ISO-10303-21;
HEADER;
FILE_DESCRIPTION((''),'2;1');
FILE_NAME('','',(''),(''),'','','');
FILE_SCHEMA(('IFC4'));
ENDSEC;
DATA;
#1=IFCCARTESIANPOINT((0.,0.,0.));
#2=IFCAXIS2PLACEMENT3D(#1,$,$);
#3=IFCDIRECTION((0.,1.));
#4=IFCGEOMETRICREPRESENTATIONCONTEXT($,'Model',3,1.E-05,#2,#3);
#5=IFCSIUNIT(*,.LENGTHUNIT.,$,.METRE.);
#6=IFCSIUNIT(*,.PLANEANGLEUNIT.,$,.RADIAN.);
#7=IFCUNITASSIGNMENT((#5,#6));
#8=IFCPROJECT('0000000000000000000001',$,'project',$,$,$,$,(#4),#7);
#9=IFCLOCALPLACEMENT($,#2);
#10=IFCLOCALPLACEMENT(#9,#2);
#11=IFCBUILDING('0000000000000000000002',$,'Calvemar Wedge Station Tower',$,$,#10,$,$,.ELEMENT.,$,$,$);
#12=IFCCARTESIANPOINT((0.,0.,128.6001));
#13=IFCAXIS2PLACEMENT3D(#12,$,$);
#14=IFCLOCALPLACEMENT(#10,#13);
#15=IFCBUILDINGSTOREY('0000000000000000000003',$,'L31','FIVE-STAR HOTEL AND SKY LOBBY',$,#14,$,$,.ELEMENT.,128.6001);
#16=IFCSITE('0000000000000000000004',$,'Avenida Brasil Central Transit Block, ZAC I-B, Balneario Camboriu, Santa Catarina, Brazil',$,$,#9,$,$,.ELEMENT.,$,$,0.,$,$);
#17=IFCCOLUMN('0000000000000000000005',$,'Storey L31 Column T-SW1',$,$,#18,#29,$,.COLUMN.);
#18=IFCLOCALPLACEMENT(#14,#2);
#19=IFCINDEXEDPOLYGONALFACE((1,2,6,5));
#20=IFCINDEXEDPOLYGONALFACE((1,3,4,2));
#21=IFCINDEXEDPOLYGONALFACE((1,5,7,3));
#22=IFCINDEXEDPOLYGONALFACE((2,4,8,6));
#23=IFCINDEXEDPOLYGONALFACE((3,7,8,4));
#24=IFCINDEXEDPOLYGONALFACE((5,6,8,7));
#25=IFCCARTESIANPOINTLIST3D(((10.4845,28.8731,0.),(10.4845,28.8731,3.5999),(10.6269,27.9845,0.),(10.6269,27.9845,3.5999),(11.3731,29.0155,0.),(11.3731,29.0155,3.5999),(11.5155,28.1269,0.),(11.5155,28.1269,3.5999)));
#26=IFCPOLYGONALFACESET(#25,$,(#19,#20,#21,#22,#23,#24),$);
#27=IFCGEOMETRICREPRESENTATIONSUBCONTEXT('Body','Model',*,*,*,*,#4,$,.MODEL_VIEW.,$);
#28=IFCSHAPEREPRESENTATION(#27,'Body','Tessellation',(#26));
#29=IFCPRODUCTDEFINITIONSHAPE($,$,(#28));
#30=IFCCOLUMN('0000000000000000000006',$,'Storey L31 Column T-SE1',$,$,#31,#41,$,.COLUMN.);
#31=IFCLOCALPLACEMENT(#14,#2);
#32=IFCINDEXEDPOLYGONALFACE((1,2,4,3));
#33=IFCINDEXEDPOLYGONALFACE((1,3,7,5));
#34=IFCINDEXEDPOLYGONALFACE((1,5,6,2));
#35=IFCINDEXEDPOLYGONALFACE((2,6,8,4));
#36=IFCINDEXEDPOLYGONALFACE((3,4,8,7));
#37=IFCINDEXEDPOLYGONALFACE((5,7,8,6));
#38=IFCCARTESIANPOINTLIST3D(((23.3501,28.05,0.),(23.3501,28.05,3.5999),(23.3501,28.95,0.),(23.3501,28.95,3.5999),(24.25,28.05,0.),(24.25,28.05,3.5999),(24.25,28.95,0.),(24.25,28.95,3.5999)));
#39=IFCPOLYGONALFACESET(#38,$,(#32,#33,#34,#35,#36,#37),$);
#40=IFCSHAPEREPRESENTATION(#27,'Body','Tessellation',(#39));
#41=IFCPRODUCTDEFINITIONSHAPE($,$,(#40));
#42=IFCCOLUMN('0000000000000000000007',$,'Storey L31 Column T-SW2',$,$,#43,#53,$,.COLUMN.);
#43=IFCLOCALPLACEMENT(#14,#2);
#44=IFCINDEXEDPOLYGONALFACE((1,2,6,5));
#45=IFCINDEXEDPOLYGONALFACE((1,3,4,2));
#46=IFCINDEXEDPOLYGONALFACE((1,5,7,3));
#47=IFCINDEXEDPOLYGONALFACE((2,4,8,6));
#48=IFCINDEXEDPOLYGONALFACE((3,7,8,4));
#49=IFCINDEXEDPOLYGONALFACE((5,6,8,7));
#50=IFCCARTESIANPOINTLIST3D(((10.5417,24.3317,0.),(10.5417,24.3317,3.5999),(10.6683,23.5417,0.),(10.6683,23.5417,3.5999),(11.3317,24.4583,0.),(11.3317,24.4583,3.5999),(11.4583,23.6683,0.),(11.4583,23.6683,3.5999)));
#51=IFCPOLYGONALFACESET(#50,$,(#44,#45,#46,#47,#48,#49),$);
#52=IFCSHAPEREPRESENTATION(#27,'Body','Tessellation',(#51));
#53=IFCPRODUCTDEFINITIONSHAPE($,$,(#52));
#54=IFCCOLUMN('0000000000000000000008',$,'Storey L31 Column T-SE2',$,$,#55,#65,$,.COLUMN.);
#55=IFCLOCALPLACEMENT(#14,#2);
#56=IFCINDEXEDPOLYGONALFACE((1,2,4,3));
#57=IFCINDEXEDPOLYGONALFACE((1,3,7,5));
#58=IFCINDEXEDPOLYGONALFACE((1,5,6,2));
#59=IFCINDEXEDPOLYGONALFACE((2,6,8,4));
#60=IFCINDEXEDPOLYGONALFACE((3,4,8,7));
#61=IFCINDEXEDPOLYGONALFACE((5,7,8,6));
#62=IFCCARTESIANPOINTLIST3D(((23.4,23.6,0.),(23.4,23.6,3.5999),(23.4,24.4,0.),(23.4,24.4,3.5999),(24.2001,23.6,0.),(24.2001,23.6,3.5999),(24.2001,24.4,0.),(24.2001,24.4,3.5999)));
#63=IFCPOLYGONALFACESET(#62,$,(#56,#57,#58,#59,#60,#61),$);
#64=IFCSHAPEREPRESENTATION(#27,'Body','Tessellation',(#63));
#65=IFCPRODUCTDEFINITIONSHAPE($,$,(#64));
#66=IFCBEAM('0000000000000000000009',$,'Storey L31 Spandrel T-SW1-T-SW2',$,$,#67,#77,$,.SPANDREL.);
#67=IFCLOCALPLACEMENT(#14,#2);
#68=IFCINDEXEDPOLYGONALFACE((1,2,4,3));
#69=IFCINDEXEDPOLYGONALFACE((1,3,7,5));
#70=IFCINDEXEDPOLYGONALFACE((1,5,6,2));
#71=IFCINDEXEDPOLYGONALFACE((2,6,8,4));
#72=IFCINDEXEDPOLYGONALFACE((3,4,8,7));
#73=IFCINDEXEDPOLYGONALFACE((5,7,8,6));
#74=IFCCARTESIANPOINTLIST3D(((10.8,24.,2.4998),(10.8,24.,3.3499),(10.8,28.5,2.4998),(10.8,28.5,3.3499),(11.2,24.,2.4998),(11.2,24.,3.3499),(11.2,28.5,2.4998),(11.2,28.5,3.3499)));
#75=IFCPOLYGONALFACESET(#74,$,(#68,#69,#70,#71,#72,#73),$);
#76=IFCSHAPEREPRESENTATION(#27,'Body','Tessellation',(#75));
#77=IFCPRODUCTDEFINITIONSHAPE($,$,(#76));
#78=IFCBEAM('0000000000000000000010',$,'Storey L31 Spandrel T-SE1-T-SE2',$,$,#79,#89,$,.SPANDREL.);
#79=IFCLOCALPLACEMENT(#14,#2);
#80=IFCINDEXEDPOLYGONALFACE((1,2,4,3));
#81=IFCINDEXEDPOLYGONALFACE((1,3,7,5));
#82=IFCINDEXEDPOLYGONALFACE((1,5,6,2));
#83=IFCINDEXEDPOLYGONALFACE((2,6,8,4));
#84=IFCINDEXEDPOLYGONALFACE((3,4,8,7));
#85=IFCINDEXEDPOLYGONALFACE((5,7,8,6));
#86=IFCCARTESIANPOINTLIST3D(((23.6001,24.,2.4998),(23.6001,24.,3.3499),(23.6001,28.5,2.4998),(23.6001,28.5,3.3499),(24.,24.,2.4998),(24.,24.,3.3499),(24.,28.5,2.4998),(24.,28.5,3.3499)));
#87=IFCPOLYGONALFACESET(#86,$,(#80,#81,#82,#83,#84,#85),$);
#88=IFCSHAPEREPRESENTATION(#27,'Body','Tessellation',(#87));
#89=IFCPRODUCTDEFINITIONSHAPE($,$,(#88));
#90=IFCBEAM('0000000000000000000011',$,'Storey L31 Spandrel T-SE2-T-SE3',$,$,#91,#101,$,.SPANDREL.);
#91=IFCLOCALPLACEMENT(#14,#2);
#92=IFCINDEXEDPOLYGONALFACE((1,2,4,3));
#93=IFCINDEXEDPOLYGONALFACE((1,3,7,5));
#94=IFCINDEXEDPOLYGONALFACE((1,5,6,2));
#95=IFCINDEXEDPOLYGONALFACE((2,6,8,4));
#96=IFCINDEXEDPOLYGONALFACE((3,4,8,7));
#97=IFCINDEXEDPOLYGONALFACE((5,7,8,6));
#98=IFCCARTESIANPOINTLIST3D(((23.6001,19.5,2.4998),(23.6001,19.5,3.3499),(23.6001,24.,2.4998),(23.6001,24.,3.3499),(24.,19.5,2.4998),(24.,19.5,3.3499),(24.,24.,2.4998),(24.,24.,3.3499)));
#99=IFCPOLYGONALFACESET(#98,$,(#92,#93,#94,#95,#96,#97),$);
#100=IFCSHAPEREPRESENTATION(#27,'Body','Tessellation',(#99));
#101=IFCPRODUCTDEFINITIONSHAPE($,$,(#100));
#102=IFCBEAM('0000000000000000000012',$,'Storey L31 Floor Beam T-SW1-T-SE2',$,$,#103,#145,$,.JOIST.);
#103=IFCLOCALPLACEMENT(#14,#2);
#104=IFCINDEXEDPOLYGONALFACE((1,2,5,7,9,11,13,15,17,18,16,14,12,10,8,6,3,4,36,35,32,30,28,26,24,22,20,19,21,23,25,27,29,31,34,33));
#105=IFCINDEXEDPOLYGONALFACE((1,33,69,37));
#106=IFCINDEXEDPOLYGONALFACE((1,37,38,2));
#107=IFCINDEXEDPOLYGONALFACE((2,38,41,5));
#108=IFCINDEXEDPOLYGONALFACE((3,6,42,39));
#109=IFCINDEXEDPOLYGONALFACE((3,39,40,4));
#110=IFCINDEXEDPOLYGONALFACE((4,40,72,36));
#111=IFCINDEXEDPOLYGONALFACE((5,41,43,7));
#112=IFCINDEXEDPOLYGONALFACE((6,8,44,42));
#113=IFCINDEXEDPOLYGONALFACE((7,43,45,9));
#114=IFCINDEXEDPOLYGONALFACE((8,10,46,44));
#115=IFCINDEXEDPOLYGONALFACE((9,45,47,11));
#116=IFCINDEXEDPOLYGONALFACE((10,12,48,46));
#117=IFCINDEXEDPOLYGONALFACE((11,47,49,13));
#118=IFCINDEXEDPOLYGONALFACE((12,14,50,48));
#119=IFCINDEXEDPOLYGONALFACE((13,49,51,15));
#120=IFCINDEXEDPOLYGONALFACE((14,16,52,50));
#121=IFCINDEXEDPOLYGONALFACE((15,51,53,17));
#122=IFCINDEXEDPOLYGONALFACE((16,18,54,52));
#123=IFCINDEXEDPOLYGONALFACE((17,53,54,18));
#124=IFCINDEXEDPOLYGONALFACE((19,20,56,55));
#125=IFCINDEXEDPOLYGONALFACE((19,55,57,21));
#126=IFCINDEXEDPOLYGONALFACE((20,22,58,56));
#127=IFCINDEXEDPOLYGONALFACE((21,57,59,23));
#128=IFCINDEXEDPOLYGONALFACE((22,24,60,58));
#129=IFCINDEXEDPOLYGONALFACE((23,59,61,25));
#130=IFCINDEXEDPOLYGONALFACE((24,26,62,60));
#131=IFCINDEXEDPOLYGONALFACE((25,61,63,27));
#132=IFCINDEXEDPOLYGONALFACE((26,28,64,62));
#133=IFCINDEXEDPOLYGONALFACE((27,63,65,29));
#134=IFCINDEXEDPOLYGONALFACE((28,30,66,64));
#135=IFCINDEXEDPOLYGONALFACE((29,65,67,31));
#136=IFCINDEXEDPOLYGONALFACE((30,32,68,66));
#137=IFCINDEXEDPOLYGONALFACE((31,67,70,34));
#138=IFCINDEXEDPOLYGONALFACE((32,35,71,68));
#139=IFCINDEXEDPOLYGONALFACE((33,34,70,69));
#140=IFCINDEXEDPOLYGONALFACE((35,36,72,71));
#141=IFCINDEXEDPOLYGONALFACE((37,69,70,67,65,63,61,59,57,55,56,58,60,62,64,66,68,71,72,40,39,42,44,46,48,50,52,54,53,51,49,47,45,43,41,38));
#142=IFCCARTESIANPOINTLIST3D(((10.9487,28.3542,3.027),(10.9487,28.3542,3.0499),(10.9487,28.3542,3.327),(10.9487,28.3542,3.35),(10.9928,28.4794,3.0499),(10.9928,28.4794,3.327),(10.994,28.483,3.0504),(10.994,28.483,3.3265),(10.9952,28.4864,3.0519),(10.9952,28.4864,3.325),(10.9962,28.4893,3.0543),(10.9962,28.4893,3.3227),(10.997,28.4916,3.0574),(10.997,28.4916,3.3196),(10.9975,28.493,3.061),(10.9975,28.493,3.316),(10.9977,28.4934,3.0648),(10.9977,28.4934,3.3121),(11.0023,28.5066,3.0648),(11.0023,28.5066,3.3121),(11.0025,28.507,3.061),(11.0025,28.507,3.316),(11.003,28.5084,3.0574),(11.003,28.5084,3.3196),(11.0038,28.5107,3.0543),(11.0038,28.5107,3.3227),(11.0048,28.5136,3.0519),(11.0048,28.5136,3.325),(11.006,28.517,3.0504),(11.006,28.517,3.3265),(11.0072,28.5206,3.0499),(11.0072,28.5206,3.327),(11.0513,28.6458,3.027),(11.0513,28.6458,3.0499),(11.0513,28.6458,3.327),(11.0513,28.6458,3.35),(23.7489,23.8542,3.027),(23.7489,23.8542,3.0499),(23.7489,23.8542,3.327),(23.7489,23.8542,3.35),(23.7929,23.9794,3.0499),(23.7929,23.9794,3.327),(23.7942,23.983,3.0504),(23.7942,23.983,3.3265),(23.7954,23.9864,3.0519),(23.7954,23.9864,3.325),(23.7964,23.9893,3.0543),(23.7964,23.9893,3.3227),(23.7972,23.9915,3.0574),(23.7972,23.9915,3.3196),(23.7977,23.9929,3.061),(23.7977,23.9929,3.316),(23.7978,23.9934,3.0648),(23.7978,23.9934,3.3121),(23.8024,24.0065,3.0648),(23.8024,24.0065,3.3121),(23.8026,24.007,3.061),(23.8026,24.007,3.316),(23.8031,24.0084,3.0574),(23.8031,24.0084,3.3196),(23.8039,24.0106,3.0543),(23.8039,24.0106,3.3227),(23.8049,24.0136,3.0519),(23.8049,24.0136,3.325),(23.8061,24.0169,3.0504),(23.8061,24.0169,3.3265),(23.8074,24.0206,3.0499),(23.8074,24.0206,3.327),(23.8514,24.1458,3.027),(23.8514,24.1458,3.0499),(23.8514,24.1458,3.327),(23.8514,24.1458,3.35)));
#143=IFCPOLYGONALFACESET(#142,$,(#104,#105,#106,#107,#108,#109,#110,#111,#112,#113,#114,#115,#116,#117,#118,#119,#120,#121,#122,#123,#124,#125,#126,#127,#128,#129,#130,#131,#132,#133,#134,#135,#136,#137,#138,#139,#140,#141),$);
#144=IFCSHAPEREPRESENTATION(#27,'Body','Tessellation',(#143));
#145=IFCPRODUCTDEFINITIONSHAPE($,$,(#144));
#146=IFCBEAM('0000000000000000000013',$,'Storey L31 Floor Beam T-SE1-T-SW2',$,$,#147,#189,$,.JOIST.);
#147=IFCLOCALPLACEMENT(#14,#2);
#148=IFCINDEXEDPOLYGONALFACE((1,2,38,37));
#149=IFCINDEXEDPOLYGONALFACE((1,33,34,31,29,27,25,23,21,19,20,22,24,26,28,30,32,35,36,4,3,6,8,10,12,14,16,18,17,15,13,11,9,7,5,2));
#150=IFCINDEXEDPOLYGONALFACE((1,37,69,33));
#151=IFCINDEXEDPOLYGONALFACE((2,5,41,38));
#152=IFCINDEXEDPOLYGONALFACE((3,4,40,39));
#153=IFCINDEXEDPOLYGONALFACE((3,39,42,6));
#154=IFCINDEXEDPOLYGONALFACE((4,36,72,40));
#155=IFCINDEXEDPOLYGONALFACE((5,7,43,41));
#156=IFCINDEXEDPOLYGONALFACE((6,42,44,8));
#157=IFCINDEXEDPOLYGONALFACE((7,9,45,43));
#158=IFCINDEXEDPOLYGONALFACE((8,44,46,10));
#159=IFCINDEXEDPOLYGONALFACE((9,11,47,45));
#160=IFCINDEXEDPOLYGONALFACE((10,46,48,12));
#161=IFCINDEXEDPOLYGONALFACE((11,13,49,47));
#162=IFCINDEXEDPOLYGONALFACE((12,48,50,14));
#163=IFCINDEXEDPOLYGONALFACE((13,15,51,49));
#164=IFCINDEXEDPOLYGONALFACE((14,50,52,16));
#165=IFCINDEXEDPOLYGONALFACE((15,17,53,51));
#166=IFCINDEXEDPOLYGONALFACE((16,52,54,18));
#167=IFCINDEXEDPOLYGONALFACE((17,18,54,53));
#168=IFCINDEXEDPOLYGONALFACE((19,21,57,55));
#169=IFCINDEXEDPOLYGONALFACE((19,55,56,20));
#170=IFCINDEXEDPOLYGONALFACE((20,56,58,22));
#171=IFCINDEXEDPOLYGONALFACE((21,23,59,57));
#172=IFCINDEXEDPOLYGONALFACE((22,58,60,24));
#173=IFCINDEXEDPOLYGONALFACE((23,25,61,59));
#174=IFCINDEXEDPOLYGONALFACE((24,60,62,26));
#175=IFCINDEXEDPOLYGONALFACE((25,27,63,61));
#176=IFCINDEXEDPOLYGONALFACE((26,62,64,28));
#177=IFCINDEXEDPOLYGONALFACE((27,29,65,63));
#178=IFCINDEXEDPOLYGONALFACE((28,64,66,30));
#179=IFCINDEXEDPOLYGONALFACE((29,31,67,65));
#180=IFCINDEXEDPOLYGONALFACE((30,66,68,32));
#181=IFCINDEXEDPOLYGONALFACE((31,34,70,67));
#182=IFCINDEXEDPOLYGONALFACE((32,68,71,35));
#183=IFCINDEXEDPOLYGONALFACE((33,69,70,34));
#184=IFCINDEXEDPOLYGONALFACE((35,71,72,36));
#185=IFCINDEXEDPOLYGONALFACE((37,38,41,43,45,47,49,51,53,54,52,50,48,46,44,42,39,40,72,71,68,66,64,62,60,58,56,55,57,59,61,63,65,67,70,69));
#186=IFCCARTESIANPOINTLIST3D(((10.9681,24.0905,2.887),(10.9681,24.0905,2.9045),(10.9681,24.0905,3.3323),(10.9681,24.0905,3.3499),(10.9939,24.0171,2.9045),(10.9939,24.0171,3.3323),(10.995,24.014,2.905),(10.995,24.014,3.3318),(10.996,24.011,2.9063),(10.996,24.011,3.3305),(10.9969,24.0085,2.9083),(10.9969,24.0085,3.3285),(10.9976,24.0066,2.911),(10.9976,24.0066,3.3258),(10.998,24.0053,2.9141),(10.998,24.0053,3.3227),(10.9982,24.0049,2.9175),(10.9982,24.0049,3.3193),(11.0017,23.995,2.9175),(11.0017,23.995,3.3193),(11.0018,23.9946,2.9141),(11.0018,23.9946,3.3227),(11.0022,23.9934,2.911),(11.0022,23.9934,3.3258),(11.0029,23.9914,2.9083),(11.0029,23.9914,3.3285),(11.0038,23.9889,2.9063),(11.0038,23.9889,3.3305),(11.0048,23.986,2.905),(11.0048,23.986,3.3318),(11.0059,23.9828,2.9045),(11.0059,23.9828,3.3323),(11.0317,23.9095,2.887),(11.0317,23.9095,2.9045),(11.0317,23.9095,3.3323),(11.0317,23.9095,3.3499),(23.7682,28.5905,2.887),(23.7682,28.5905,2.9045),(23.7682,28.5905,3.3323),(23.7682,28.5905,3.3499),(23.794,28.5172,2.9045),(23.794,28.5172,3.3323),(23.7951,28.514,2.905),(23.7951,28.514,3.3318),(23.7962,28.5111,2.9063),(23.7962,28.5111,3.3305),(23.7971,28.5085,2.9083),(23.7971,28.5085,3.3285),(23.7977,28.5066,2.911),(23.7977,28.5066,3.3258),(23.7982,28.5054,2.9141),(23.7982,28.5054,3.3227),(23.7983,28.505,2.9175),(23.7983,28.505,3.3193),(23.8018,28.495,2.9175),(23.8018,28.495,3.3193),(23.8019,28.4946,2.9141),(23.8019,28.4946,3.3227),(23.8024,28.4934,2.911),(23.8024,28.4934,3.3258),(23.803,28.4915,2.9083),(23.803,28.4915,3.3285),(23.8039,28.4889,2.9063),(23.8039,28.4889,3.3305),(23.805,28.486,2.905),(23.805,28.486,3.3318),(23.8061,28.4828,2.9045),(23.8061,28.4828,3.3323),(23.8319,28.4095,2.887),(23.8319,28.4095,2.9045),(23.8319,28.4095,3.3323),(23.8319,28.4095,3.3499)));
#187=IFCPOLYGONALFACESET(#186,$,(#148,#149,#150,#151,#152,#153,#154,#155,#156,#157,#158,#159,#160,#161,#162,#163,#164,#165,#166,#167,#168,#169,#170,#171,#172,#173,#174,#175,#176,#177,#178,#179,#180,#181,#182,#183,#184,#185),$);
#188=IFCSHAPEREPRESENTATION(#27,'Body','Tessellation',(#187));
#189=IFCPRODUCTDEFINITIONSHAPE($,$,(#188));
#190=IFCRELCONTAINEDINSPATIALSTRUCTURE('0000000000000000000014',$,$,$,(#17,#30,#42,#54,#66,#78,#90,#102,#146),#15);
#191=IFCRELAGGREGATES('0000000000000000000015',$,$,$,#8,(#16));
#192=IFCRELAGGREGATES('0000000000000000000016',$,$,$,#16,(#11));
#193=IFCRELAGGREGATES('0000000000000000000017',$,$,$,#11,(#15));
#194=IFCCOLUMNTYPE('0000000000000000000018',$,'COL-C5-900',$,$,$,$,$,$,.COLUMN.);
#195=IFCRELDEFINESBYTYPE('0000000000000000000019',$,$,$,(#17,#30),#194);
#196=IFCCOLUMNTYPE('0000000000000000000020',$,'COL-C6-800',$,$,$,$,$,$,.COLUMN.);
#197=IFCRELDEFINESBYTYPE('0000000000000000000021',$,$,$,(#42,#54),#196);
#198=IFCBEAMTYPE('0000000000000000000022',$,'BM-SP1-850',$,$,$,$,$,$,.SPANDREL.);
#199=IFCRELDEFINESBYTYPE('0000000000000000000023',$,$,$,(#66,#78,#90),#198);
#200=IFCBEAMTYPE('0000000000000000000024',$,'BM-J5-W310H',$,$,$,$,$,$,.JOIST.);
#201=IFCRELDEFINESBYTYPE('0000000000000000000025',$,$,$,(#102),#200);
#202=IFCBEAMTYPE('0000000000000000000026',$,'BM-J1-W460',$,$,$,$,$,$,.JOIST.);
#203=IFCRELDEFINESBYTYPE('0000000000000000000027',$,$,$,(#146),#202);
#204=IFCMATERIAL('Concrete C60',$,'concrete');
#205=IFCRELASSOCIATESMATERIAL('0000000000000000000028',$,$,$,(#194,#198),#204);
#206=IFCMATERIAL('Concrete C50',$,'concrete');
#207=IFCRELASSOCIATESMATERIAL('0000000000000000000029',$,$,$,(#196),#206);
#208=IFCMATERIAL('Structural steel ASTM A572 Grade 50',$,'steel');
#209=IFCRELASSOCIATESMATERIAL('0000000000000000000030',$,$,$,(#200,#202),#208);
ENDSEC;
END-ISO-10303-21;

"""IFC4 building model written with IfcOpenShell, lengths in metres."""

from ifc_helpers import new_model, si_unit, direction, frame, origin, origin_2d, place, context, subcontext, project, spatial, rectangle, i_section, extrude, source, transform, mapped, material, material_profile, profile_set, type_object, element, save


model = new_model("IFC4")

# Units and contexts
model_context = context("Model", 3, precision=1e-05, world=origin(), true_north=direction((0.0, 1.0)))
body_context = subcontext(model_context, "Body", "Model", "MODEL_VIEW")
ifc_project = project(units=[si_unit("LENGTHUNIT", "METRE"), si_unit("PLANEANGLEUNIT", "RADIAN")], contexts=[model_context])

# Site, building, storey
site_placement = place(None, origin())
site = spatial("IfcSite", under=ifc_project, at=site_placement, Name="Avenida Brasil Central Transit Block, ZAC I-B, Balneario Camboriu, Santa Catarina, Brazil", CompositionType="ELEMENT", RefElevation=0.0)
building_placement = place(site_placement, origin())
building = spatial("IfcBuilding", under=site, at=building_placement, Name="Calvemar Wedge Station Tower", CompositionType="ELEMENT")
storey_placement = place(building_placement, frame((0.0, 0.0, 128.6001)))
storey = spatial("IfcBuildingStorey", under=building, at=storey_placement, Name="L31", Description="FIVE-STAR HOTEL AND SKY LOBBY", CompositionType="ELEMENT", Elevation=128.6001)

# Columns
ifc_material_1 = material(Name="Concrete C60", Category="concrete")
ifc_material_profile_1 = material_profile(ifc_material_1, rectangle(XDim=0.8999, YDim=0.8999, at=origin_2d()), Name="RC900x900")
ifc_profile_set_1 = profile_set([ifc_material_profile_1], Name="Concrete C60")
column_type_1 = type_object("IfcColumnType", Name="COL-C5-900", PredefinedType="COLUMN", material=ifc_profile_set_1)
shared_shape_1 = source(origin(), body_context, "Body", "SweptSolid", [
    extrude(rectangle(XDim=0.8999, YDim=0.8999, at=origin_2d()), origin(), (0.0, 0.0, 1.0), 3.5999),
])
for number, where, z_axis, x_axis, name in (
    (1, (11.0, 28.5, 0.0), (0.0, 0.0, 1.0), (0.158158, -0.987414, 0.0), "Storey L31 Column T-SW1"),
    (2, (23.8, 28.5, 0.0), (0.0, 0.0, 1.0), (1.0, 0.0, 0.0), "Storey L31 Column T-SE1"),
):
    element("IfcColumn", number, at=place(storey_placement, frame(where, z_axis=z_axis, x_axis=x_axis)), inside=storey, type_object=column_type_1, Name=name, PredefinedType="COLUMN", context=body_context, shape_type="MappedRepresentation", body=[
        mapped(shared_shape_1, transform((0.0, 0.0, 0.0), scale=1.0)),
    ])
ifc_material_2 = material(Name="Concrete C50", Category="concrete")
ifc_material_profile_2 = material_profile(ifc_material_2, rectangle(XDim=0.8, YDim=0.8, at=origin_2d()), Name="RC800x800")
ifc_profile_set_2 = profile_set([ifc_material_profile_2], Name="Concrete C50")
column_type_2 = type_object("IfcColumnType", Name="COL-C6-800", PredefinedType="COLUMN", material=ifc_profile_set_2)
shared_shape_2 = source(origin(), body_context, "Body", "SweptSolid", [
    extrude(rectangle(XDim=0.8, YDim=0.8, at=origin_2d()), origin(), (0.0, 0.0, 1.0), 3.5999),
])
for number, where, z_axis, x_axis, name in (
    (3, (11.0, 24.0, 0.0), (0.0, 0.0, 1.0), (0.158158, -0.987414, 0.0), "Storey L31 Column T-SW2"),
    (4, (23.8, 24.0, 0.0), (0.0, 0.0, 1.0), (1.0, 0.0, 0.0), "Storey L31 Column T-SE2"),
):
    element("IfcColumn", number, at=place(storey_placement, frame(where, z_axis=z_axis, x_axis=x_axis)), inside=storey, type_object=column_type_2, Name=name, PredefinedType="COLUMN", context=body_context, shape_type="MappedRepresentation", body=[
        mapped(shared_shape_2, transform((0.0, 0.0, 0.0), scale=1.0)),
    ])

# Beams
ifc_material_profile_3 = material_profile(ifc_material_1, rectangle(XDim=0.3999, YDim=0.8501, at=origin_2d()), Name="RC400x850")
ifc_profile_set_3 = profile_set([ifc_material_profile_3], Name="Concrete C60")
beam_type_1 = type_object("IfcBeamType", Name="BM-SP1-850", PredefinedType="SPANDREL", material=ifc_profile_set_3)
shared_shape_3 = source(origin(), body_context, "Body", "SweptSolid", [
    extrude(rectangle(XDim=0.3999, YDim=0.8501, at=origin_2d()), origin(), (0.0, 0.0, 1.0), 4.5),
])
for number, where, z_axis, x_axis, name in (
    (5, (11.0, 28.5, 2.9248), (0.0, -1.0, 0.0), (1.0, 0.0, 0.0), "Storey L31 Spandrel T-SW1-T-SW2"),
    (6, (23.8, 28.5, 2.9248), (0.0, -1.0, 0.0), (1.0, 0.0, 0.0), "Storey L31 Spandrel T-SE1-T-SE2"),
    (7, (23.8, 24.0, 2.9248), (0.0, -1.0, 0.0), (1.0, 0.0, 0.0), "Storey L31 Spandrel T-SE2-T-SE3"),
):
    element("IfcBeam", number, at=place(storey_placement, frame(where, z_axis=z_axis, x_axis=x_axis)), inside=storey, type_object=beam_type_1, Name=name, PredefinedType="SPANDREL", context=body_context, shape_type="MappedRepresentation", body=[
        mapped(shared_shape_3, transform((0.0, 0.0, 0.0), scale=1.0)),
    ])
ifc_material_3 = material(Name="Structural steel ASTM A572 Grade 50", Category="steel")
ifc_material_profile_4 = material_profile(ifc_material_3, i_section(OverallWidth=0.3091, OverallDepth=0.323, WebThickness=0.0139, FlangeThickness=0.0229, FilletRadius=0.0149, at=origin_2d()), Name="W310x143")
ifc_profile_set_4 = profile_set([ifc_material_profile_4], Name="Structural steel ASTM A572 Grade 50")
beam_type_2 = type_object("IfcBeamType", Name="BM-J5-W310H", PredefinedType="JOIST", material=ifc_profile_set_4)
shared_shape_4 = source(origin(), body_context, "Body", "SweptSolid", [
    extrude(i_section(OverallWidth=0.3091, OverallDepth=0.323, WebThickness=0.0139, FlangeThickness=0.0229, FilletRadius=0.0149, at=origin_2d()), origin(), (0.0, 0.0, 1.0), 13.5681),
])
beam_placement = place(storey_placement, frame((11.0, 28.5, 3.1885), z_axis=(0.943398, -0.331662, 0.0), x_axis=(0.331662, 0.943398, 0.0)))
element("IfcBeam", 8, at=beam_placement, inside=storey, type_object=beam_type_2, Name="Storey L31 Floor Beam T-SW1-T-SE2", PredefinedType="JOIST", context=body_context, shape_type="MappedRepresentation", body=[
    mapped(shared_shape_4, transform((0.0, 0.0, 0.0), scale=1.0)),
])
ifc_material_profile_5 = material_profile(ifc_material_3, i_section(OverallWidth=0.1919, OverallDepth=0.4629, WebThickness=0.0105, FlangeThickness=0.0176, FilletRadius=0.0129, at=origin_2d()), Name="W460x89")
ifc_profile_set_5 = profile_set([ifc_material_profile_5], Name="Structural steel ASTM A572 Grade 50")
beam_type_3 = type_object("IfcBeamType", Name="BM-J1-W460", PredefinedType="JOIST", material=ifc_profile_set_5)
shared_shape_5 = source(origin(), body_context, "Body", "SweptSolid", [
    extrude(i_section(OverallWidth=0.1919, OverallDepth=0.4629, WebThickness=0.0105, FlangeThickness=0.0176, FilletRadius=0.0129, at=origin_2d()), origin(), (0.0, 0.0, 1.0), 13.5681),
])
for number, where, z_axis, x_axis, name in (
    (9, (23.8, 28.5, 3.1184), (-0.943398, -0.331662, 0.0), (0.331662, -0.943398, 0.0), "Storey L31 Floor Beam T-SE1-T-SW2"),
):
    element("IfcBeam", number, at=place(storey_placement, frame(where, z_axis=z_axis, x_axis=x_axis)), inside=storey, type_object=beam_type_3, Name=name, PredefinedType="JOIST", context=body_context, shape_type="MappedRepresentation", body=[
        mapped(shared_shape_5, transform((0.0, 0.0, 0.0), scale=1.0)),
    ])

save(model, "model.ifc")
